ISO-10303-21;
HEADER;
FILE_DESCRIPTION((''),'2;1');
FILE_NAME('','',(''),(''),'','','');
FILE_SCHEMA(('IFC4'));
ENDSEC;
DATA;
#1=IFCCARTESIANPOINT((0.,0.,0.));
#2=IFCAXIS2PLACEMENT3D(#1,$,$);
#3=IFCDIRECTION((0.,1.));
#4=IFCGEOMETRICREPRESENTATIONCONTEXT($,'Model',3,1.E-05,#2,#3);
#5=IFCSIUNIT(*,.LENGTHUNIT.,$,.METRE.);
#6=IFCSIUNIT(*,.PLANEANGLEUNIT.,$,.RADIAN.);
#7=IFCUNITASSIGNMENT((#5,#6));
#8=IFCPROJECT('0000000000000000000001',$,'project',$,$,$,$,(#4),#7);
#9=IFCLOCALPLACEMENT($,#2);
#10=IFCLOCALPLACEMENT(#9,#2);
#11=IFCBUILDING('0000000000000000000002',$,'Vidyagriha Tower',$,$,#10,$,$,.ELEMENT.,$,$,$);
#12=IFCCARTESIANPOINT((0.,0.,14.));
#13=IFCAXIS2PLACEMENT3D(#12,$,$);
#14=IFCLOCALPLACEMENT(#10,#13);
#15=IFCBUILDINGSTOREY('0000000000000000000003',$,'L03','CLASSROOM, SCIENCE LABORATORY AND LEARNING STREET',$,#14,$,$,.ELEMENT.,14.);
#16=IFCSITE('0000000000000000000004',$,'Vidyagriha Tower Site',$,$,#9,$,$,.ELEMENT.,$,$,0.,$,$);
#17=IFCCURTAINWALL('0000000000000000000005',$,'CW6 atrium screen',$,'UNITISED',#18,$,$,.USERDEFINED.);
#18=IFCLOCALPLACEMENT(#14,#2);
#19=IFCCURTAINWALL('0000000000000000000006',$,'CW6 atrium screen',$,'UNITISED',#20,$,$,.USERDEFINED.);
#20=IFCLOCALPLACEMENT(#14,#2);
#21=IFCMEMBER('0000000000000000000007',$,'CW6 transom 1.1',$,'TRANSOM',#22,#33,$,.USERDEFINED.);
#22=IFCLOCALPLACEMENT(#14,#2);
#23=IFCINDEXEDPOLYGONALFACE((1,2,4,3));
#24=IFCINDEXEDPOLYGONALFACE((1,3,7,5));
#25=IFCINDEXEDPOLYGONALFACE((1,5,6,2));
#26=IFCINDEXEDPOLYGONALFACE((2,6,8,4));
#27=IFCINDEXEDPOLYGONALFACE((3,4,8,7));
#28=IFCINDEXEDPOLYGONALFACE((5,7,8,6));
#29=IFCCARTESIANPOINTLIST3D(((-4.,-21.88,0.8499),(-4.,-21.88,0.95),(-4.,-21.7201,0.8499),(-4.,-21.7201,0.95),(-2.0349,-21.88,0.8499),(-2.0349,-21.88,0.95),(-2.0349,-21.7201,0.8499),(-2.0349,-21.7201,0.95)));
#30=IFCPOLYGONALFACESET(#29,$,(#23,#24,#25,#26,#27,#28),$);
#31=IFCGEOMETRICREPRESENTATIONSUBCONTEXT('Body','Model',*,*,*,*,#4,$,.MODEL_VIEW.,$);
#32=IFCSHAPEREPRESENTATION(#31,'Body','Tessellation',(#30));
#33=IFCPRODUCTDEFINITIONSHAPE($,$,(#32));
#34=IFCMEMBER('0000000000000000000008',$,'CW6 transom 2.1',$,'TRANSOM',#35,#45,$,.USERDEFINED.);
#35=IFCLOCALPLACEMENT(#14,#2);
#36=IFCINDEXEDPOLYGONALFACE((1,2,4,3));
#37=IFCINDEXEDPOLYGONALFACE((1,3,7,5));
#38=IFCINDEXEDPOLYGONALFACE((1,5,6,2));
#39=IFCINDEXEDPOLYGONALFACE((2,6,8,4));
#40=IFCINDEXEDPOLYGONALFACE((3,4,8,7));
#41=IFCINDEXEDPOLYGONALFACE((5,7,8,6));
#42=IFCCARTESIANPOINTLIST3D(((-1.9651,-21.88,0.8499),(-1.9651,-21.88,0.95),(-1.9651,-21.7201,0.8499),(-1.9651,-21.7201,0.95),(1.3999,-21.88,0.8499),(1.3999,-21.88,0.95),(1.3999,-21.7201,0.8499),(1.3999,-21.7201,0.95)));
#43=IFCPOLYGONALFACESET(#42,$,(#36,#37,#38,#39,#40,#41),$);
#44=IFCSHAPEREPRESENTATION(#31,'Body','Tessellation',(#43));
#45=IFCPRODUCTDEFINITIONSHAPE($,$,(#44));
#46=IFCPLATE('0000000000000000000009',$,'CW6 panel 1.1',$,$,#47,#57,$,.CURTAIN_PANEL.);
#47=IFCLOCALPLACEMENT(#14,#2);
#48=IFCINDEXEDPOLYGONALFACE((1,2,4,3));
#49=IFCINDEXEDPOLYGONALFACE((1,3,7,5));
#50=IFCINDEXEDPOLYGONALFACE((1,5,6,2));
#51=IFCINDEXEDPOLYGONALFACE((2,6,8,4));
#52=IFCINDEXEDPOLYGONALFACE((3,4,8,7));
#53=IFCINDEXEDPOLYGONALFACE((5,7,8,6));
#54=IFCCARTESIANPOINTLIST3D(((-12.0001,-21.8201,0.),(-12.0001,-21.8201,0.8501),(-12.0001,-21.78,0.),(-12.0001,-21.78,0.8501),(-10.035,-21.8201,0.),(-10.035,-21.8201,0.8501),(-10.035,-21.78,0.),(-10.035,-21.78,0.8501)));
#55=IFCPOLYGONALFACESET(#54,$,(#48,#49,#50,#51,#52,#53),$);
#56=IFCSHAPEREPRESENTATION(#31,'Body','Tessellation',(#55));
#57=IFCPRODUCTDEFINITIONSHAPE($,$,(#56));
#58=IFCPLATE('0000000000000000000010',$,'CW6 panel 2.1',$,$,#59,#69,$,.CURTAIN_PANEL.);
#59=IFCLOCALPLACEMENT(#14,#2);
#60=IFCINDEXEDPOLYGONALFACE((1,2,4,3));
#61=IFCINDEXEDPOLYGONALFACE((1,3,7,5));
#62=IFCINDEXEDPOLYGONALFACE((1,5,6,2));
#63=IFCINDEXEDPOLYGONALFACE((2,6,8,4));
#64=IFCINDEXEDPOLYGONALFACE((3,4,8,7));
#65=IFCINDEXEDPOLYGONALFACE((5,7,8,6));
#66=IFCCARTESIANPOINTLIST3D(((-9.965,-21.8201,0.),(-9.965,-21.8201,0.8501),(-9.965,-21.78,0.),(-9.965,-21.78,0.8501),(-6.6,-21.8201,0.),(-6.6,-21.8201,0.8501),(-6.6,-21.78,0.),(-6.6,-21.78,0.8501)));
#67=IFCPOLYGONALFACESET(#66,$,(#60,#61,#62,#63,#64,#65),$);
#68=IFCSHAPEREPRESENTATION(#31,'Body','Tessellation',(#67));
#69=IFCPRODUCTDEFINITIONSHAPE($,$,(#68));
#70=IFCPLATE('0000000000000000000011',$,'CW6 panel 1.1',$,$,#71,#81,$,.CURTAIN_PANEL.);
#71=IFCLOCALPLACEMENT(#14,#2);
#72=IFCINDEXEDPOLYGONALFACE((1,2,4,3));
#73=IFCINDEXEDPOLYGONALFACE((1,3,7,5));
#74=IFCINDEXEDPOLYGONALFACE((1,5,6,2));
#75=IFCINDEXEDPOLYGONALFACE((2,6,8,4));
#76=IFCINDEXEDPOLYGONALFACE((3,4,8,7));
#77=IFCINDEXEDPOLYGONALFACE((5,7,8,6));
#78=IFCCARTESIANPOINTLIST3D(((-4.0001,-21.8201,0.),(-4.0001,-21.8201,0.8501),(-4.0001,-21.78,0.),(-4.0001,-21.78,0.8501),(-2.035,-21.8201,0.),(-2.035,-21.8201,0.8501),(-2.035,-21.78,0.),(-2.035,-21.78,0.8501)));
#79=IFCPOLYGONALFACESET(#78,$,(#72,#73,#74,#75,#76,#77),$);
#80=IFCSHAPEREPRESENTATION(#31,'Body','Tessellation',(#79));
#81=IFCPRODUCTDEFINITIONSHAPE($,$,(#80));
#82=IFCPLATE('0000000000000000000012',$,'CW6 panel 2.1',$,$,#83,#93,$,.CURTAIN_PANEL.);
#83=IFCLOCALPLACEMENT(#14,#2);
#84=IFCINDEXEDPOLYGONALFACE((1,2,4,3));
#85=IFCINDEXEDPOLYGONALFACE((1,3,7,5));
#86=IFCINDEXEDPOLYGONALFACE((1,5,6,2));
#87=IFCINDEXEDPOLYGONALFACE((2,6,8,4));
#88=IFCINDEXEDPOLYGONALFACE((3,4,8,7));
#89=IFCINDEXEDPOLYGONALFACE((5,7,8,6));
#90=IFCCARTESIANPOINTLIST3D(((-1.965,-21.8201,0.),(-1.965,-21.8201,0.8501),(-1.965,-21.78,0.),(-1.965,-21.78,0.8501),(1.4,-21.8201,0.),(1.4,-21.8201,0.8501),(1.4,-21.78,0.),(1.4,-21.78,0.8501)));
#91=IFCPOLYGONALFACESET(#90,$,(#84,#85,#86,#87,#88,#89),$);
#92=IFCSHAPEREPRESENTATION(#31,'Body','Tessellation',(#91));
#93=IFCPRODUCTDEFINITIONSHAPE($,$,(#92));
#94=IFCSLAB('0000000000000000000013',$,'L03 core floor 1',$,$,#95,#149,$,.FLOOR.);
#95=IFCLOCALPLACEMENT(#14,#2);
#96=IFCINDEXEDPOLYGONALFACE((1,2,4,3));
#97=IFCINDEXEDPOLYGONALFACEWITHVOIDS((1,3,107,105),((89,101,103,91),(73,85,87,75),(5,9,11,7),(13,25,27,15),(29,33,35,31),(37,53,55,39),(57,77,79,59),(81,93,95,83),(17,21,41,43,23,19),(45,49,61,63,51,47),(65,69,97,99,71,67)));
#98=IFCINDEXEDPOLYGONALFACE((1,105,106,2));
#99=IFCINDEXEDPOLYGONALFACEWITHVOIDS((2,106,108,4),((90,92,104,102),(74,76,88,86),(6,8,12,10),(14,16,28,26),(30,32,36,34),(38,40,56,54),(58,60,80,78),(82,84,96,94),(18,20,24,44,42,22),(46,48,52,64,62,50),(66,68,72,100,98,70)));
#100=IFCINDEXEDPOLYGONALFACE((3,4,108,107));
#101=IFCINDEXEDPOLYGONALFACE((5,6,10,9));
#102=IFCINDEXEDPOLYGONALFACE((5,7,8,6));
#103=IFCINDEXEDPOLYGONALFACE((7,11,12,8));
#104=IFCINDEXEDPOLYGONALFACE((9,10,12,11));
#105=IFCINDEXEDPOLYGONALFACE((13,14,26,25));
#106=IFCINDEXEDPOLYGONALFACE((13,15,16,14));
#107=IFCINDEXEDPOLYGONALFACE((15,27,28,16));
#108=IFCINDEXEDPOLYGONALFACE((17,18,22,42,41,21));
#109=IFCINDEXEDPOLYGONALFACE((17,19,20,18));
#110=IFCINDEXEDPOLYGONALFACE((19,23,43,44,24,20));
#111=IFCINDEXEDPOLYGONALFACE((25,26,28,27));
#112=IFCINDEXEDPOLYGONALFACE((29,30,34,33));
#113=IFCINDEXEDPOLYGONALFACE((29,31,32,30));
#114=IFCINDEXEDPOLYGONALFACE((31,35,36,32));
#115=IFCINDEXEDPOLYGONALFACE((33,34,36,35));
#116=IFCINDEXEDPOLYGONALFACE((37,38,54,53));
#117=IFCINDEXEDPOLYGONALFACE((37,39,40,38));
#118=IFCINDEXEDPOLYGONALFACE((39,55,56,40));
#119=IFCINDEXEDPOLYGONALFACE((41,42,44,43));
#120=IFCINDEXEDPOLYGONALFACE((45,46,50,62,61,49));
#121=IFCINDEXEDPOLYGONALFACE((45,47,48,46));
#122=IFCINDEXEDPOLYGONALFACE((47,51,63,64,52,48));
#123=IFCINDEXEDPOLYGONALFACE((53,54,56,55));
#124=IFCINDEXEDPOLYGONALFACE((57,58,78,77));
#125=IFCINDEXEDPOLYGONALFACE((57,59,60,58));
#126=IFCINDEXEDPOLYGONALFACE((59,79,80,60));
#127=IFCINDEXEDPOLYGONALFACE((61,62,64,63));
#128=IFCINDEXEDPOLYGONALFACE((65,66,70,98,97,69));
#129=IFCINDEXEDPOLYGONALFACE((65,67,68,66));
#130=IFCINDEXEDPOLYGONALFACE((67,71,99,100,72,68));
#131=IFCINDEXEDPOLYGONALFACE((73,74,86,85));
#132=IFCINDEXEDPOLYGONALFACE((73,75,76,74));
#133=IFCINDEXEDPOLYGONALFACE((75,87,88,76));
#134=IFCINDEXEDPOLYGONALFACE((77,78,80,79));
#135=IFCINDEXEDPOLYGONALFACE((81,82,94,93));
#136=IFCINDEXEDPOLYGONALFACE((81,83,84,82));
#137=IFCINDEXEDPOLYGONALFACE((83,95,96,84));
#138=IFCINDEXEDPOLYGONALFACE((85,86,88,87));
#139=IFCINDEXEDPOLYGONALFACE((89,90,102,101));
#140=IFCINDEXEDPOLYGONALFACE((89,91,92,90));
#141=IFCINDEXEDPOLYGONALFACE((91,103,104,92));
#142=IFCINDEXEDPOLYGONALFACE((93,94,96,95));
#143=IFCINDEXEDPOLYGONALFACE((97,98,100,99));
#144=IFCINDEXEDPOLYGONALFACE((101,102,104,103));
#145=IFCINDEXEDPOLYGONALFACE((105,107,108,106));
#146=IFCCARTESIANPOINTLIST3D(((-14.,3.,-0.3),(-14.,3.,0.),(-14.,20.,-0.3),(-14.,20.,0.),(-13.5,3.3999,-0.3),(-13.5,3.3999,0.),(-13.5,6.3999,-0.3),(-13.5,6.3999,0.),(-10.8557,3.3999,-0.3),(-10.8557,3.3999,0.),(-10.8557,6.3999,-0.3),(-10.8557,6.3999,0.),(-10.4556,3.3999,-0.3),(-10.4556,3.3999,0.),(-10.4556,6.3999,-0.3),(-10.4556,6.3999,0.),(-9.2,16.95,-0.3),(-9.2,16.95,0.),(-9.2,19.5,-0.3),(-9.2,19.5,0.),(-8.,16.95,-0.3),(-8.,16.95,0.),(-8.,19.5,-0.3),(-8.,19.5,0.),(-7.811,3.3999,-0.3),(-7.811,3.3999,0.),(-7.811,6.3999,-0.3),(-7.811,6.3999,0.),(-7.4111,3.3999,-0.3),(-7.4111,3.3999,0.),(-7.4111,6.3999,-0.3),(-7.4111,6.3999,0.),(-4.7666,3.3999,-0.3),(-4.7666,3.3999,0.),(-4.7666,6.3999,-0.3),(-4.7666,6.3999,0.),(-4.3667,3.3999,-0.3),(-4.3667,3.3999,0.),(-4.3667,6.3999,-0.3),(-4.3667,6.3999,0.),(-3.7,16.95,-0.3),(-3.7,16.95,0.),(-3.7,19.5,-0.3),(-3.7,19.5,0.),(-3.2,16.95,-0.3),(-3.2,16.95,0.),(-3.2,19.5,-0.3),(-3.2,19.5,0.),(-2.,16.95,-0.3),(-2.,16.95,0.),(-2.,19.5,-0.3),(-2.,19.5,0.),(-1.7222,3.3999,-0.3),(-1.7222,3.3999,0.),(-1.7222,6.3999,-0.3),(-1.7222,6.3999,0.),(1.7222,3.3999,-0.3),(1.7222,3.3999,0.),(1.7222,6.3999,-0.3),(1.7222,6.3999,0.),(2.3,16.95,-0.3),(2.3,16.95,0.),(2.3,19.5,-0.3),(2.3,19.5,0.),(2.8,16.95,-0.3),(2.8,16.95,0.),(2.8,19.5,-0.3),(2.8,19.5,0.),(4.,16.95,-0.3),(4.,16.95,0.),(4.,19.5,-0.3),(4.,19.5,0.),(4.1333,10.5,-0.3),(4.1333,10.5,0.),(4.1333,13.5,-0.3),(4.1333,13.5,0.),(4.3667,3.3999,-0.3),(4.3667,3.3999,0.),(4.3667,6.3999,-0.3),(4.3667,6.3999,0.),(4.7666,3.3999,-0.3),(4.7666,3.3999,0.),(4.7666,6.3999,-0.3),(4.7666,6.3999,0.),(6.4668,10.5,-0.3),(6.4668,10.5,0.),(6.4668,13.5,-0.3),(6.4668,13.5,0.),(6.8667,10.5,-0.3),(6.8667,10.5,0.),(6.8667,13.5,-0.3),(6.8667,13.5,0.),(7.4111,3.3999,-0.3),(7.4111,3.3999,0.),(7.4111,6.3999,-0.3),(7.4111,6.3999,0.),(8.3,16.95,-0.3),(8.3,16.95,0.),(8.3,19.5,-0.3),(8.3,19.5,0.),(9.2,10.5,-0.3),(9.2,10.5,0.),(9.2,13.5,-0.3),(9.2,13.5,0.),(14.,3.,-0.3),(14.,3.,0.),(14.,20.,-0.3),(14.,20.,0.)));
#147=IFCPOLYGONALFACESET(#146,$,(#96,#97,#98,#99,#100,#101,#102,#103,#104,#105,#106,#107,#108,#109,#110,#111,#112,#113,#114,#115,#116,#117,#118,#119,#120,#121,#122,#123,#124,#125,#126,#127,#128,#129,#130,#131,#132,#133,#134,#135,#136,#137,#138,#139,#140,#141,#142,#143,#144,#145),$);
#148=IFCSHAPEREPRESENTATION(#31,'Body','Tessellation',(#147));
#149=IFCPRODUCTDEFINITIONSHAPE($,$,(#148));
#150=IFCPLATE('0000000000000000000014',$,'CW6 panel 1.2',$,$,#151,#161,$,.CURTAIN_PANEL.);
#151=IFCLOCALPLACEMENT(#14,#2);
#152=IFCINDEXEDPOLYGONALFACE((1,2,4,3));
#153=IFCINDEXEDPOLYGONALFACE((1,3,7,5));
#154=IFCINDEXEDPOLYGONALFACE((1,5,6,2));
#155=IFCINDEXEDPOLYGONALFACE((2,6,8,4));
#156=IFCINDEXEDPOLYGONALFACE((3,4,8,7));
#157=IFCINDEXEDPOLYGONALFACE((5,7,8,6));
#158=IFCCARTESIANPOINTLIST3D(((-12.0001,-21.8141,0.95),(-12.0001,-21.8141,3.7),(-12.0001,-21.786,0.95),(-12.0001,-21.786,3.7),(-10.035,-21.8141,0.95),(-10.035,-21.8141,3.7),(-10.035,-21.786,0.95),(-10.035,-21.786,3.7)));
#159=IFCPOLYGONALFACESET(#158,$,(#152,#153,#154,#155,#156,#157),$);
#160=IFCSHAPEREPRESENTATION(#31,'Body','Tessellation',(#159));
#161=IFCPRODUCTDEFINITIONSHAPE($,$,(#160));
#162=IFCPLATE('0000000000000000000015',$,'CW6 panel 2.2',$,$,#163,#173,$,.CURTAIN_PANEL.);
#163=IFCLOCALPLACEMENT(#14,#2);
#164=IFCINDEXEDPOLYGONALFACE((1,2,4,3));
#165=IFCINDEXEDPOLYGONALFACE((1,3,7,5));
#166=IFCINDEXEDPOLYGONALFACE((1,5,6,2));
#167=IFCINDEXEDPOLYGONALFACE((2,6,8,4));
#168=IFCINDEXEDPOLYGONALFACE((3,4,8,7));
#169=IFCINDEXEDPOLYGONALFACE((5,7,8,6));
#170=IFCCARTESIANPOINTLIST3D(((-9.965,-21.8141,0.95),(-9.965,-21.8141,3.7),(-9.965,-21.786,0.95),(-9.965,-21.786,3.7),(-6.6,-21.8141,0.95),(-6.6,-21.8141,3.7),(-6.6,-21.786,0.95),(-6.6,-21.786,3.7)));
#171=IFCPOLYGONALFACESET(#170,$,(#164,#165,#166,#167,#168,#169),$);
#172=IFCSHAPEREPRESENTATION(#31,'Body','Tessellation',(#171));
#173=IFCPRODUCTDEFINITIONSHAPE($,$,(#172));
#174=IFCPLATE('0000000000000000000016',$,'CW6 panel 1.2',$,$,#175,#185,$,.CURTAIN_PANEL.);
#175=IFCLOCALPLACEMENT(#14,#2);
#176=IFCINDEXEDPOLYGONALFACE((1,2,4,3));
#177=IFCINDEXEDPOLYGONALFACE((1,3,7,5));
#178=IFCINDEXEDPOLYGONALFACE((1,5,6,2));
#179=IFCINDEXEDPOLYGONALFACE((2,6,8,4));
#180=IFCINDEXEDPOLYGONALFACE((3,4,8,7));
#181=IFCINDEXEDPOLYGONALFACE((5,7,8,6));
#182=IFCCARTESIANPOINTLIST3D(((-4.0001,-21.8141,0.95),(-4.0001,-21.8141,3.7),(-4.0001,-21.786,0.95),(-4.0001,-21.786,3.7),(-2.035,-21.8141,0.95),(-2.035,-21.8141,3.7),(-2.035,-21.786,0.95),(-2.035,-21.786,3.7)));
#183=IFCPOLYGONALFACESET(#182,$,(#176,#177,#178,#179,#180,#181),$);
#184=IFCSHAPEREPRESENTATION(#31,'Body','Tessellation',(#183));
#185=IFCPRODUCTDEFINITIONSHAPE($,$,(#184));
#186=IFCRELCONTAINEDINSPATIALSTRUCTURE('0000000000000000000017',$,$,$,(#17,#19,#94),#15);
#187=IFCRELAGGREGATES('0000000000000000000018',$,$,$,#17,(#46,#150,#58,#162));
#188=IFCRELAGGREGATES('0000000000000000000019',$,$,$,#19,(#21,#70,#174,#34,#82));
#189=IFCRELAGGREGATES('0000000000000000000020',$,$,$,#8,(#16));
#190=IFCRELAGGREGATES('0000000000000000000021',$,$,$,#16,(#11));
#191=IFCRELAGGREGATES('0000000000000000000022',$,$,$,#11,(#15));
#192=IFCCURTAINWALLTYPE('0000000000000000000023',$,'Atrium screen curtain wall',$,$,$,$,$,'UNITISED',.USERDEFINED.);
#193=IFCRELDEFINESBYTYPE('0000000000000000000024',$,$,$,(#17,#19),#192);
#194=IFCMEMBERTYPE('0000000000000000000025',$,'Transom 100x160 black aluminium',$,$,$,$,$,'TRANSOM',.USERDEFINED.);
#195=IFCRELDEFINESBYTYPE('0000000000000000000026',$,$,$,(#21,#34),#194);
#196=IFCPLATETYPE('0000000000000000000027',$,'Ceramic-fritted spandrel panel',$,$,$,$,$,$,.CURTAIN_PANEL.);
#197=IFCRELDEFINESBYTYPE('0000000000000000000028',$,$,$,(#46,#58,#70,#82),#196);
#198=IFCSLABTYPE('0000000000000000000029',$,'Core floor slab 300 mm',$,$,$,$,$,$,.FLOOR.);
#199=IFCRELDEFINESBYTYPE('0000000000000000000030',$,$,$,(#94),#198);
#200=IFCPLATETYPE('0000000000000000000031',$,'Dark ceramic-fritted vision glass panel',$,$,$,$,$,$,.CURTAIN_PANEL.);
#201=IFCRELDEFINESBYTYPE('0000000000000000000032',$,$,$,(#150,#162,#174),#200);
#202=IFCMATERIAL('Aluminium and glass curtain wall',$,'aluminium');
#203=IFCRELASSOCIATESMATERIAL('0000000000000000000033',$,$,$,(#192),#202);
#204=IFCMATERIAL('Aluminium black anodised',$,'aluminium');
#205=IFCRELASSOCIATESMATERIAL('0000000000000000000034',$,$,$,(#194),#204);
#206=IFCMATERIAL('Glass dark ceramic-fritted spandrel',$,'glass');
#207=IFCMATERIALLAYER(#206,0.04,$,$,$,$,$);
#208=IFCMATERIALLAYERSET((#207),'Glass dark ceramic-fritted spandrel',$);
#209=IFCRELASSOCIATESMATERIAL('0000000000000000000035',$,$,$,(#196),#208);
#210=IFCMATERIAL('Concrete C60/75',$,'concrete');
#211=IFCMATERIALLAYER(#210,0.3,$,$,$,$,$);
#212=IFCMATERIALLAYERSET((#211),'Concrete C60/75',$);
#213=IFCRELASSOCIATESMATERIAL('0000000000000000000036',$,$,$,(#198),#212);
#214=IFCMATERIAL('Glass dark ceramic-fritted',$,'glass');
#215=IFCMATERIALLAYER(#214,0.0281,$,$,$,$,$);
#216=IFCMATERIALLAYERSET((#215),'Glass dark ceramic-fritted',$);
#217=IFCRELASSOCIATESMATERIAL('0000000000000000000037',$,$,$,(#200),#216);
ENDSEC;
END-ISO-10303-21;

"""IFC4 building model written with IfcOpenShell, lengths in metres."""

from ifc_helpers import new_model, si_unit, direction, frame, origin, origin_2d, place, context, subcontext, project, spatial, polyline, rectangle, outline, extrude, material, layer, layer_set, material_profile, profile_set, type_object, element, aggregate, save


model = new_model("IFC4")

# Units and contexts
model_context = context("Model", 3, precision=1e-05, world=origin(), true_north=direction((0.0, 1.0)))
body_context = subcontext(model_context, "Body", "Model", "MODEL_VIEW")
ifc_project = project(units=[si_unit("LENGTHUNIT", "METRE"), si_unit("PLANEANGLEUNIT", "RADIAN")], contexts=[model_context])

# Site, building, storey
site_placement = place(None, origin())
site = spatial("IfcSite", under=ifc_project, at=site_placement, Name="Vidyagriha Tower Site", CompositionType="ELEMENT", RefElevation=0.0)
building_placement = place(site_placement, origin())
building = spatial("IfcBuilding", under=site, at=building_placement, Name="Vidyagriha Tower", CompositionType="ELEMENT")
storey_placement = place(building_placement, frame((0.0, 0.0, 14.0)))
storey = spatial("IfcBuildingStorey", under=building, at=storey_placement, Name="L03", Description="CLASSROOM, SCIENCE LABORATORY AND LEARNING STREET", CompositionType="ELEMENT", Elevation=14.0)

# Curtain wall
ifc_material_1 = material(Name="Aluminium and glass curtain wall", Category="aluminium")
curtain_wall_type = type_object("IfcCurtainWallType", Name="Atrium screen curtain wall", ElementType="UNITISED", PredefinedType="USERDEFINED", material=ifc_material_1)
curtain_wall_1_placement = place(storey_placement, origin())
curtain_wall_1 = element("IfcCurtainWall", 1, at=curtain_wall_1_placement, inside=storey, type_object=curtain_wall_type, Name="CW6 atrium screen", ObjectType="UNITISED", PredefinedType="USERDEFINED")

# Curtain wall
curtain_wall_2_placement = place(storey_placement, origin())
curtain_wall_2 = element("IfcCurtainWall", 2, at=curtain_wall_2_placement, inside=storey, type_object=curtain_wall_type, Name="CW6 atrium screen", ObjectType="UNITISED", PredefinedType="USERDEFINED")

# Members
ifc_material_2 = material(Name="Aluminium black anodised", Category="aluminium")
ifc_material_profile_1 = material_profile(ifc_material_2, rectangle(XDim=0.1599, YDim=0.1001, at=origin_2d()), Name="Transom 100x160 black aluminium")
ifc_profile_set_1 = profile_set([ifc_material_profile_1], Name="Aluminium black anodised")
member_type_1 = type_object("IfcMemberType", Name="Transom 100x160 black aluminium", ElementType="TRANSOM", PredefinedType="USERDEFINED", material=ifc_profile_set_1)
member_1_placement = place(storey_placement, frame((-4.0, -21.8, 0.8999), z_axis=(1.0, 0.0, 0.0), x_axis=(0.0, 1.0, 0.0)))
member_1 = element("IfcMember", 3, at=member_1_placement, type_object=member_type_1, Name="CW6 transom 1.1", ObjectType="TRANSOM", PredefinedType="USERDEFINED", context=body_context, shape_type="SweptSolid", body=[
    extrude(rectangle(XDim=0.1599, YDim=0.1001, at=origin_2d()), origin(), (0.0, 0.0, 1.0), 1.9651),
])
member_2_placement = place(storey_placement, frame((-1.9651, -21.8, 0.8999), z_axis=(1.0, 0.0, 0.0), x_axis=(0.0, 1.0, 0.0)))
member_2 = element("IfcMember", 4, at=member_2_placement, type_object=member_type_1, Name="CW6 transom 2.1", ObjectType="TRANSOM", PredefinedType="USERDEFINED", context=body_context, shape_type="SweptSolid", body=[
    extrude(rectangle(XDim=0.1599, YDim=0.1001, at=origin_2d()), origin(), (0.0, 0.0, 1.0), 3.365),
])

# Plates
ifc_material_3 = material(Name="Glass dark ceramic-fritted spandrel", Category="glass")
ifc_layer_1 = layer(ifc_material_3, 0.04)
ifc_layer_set_1 = layer_set([ifc_layer_1], Name="Glass dark ceramic-fritted spandrel")
plate_type_1 = type_object("IfcPlateType", Name="Ceramic-fritted spandrel panel", PredefinedType="CURTAIN_PANEL", material=ifc_layer_set_1)
plate_1_placement = place(storey_placement, frame((-11.0176, -21.8, 0.0)))
plate_1 = element("IfcPlate", 5, at=plate_1_placement, type_object=plate_type_1, Name="CW6 panel 1.1", PredefinedType="CURTAIN_PANEL", context=body_context, shape_type="SweptSolid", body=[
    extrude(rectangle(XDim=1.9651, YDim=0.04, at=origin_2d()), origin(), (0.0, 0.0, 1.0), 0.8501),
])
plate_2_placement = place(storey_placement, frame((-8.2825, -21.8, 0.0)))
plate_2 = element("IfcPlate", 6, at=plate_2_placement, type_object=plate_type_1, Name="CW6 panel 2.1", PredefinedType="CURTAIN_PANEL", context=body_context, shape_type="SweptSolid", body=[
    extrude(rectangle(XDim=3.365, YDim=0.04, at=origin_2d()), origin(), (0.0, 0.0, 1.0), 0.8501),
])
plate_3_placement = place(storey_placement, frame((-3.0176, -21.8, 0.0)))
plate_3 = element("IfcPlate", 7, at=plate_3_placement, type_object=plate_type_1, Name="CW6 panel 1.1", PredefinedType="CURTAIN_PANEL", context=body_context, shape_type="SweptSolid", body=[
    extrude(rectangle(XDim=1.9651, YDim=0.04, at=origin_2d()), origin(), (0.0, 0.0, 1.0), 0.8501),
])
plate_4_placement = place(storey_placement, frame((-0.2825, -21.8, 0.0)))
plate_4 = element("IfcPlate", 8, at=plate_4_placement, type_object=plate_type_1, Name="CW6 panel 2.1", PredefinedType="CURTAIN_PANEL", context=body_context, shape_type="SweptSolid", body=[
    extrude(rectangle(XDim=3.365, YDim=0.04, at=origin_2d()), origin(), (0.0, 0.0, 1.0), 0.8501),
])

# Slab
ifc_material_4 = material(Name="Concrete C60/75", Category="concrete")
ifc_layer_2 = layer(ifc_material_4, 0.3)
ifc_layer_set_2 = layer_set([ifc_layer_2], Name="Concrete C60/75")
slab_type_1 = type_object("IfcSlabType", Name="Core floor slab 300 mm", PredefinedType="FLOOR", material=ifc_layer_set_2)
slab_1_placement = place(storey_placement, frame((0.0, 0.0, -0.3)))
element("IfcSlab", 9, at=slab_1_placement, inside=storey, type_object=slab_type_1, Name="L03 core floor 1", PredefinedType="FLOOR", context=body_context, shape_type="SweptSolid", body=[
    extrude(outline(polyline([(-14.0, 3.0), (-14.0, 20.0), (14.0, 20.0), (14.0, 3.0), (-14.0, 3.0)]), holes=[polyline([(9.2, 13.5), (6.8667, 13.5), (6.8667, 10.5), (9.2, 10.5), (9.2, 13.5)]), polyline([(4.0, 19.5), (2.8, 19.5), (2.8, 16.95), (4.0, 16.95), (8.3, 16.95), (8.3, 19.5), (4.0, 19.5)]), polyline([(7.4111, 6.3999), (4.7666, 6.3999), (4.7666, 3.3999), (7.4111, 3.3999), (7.4111, 6.3999)]), polyline([(6.4668, 13.5), (4.1333, 13.5), (4.1333, 10.5), (6.4668, 10.5), (6.4668, 13.5)]), polyline([(1.7222, 6.3999), (1.7222, 3.3999), (4.3667, 3.3999), (4.3667, 6.3999), (1.7222, 6.3999)]), polyline([(-2.0, 16.95), (2.3, 16.95), (2.3, 19.5), (-2.0, 19.5), (-3.2, 19.5), (-3.2, 16.95), (-2.0, 16.95)]), polyline([(-1.7222, 6.3999), (-4.3667, 6.3999), (-4.3667, 3.3999), (-1.7222, 3.3999), (-1.7222, 6.3999)]), polyline([(-8.0, 19.5), (-9.2, 19.5), (-9.2, 16.95), (-8.0, 16.95), (-3.7, 16.95), (-3.7, 19.5), (-8.0, 19.5)]), polyline([(-4.7666, 6.3999), (-7.4111, 6.3999), (-7.4111, 3.3999), (-4.7666, 3.3999), (-4.7666, 6.3999)]), polyline([(-7.811, 6.3999), (-10.4556, 6.3999), (-10.4556, 3.3999), (-7.811, 3.3999), (-7.811, 6.3999)]), polyline([(-13.5, 6.3999), (-13.5, 3.3999), (-10.8557, 3.3999), (-10.8557, 6.3999), (-13.5, 6.3999)])]), origin(), (0.0, 0.0, 1.0), 0.3),
])

# Plates
ifc_material_5 = material(Name="Glass dark ceramic-fritted", Category="glass")
ifc_layer_3 = layer(ifc_material_5, 0.0281)
ifc_layer_set_3 = layer_set([ifc_layer_3], Name="Glass dark ceramic-fritted")
plate_type_2 = type_object("IfcPlateType", Name="Dark ceramic-fritted vision glass panel", PredefinedType="CURTAIN_PANEL", material=ifc_layer_set_3)
plate_5_placement = place(storey_placement, frame((-11.0176, -21.8, 0.95)))
plate_5 = element("IfcPlate", 10, at=plate_5_placement, type_object=plate_type_2, Name="CW6 panel 1.2", PredefinedType="CURTAIN_PANEL", context=body_context, shape_type="SweptSolid", body=[
    extrude(rectangle(XDim=1.9651, YDim=0.0281, at=origin_2d()), origin(), (0.0, 0.0, 1.0), 2.75),
])
plate_6_placement = place(storey_placement, frame((-8.2825, -21.8, 0.95)))
plate_6 = element("IfcPlate", 11, at=plate_6_placement, type_object=plate_type_2, Name="CW6 panel 2.2", PredefinedType="CURTAIN_PANEL", context=body_context, shape_type="SweptSolid", body=[
    extrude(rectangle(XDim=3.365, YDim=0.0281, at=origin_2d()), origin(), (0.0, 0.0, 1.0), 2.75),
])
aggregate(curtain_wall_1, [plate_1, plate_5, plate_2, plate_6])
plate_7_placement = place(storey_placement, frame((-3.0176, -21.8, 0.95)))
plate_7 = element("IfcPlate", 12, at=plate_7_placement, type_object=plate_type_2, Name="CW6 panel 1.2", PredefinedType="CURTAIN_PANEL", context=body_context, shape_type="SweptSolid", body=[
    extrude(rectangle(XDim=1.9651, YDim=0.0281, at=origin_2d()), origin(), (0.0, 0.0, 1.0), 2.75),
])
aggregate(curtain_wall_2, [member_1, plate_3, plate_7, member_2, plate_4])

save(model, "model.ifc")
